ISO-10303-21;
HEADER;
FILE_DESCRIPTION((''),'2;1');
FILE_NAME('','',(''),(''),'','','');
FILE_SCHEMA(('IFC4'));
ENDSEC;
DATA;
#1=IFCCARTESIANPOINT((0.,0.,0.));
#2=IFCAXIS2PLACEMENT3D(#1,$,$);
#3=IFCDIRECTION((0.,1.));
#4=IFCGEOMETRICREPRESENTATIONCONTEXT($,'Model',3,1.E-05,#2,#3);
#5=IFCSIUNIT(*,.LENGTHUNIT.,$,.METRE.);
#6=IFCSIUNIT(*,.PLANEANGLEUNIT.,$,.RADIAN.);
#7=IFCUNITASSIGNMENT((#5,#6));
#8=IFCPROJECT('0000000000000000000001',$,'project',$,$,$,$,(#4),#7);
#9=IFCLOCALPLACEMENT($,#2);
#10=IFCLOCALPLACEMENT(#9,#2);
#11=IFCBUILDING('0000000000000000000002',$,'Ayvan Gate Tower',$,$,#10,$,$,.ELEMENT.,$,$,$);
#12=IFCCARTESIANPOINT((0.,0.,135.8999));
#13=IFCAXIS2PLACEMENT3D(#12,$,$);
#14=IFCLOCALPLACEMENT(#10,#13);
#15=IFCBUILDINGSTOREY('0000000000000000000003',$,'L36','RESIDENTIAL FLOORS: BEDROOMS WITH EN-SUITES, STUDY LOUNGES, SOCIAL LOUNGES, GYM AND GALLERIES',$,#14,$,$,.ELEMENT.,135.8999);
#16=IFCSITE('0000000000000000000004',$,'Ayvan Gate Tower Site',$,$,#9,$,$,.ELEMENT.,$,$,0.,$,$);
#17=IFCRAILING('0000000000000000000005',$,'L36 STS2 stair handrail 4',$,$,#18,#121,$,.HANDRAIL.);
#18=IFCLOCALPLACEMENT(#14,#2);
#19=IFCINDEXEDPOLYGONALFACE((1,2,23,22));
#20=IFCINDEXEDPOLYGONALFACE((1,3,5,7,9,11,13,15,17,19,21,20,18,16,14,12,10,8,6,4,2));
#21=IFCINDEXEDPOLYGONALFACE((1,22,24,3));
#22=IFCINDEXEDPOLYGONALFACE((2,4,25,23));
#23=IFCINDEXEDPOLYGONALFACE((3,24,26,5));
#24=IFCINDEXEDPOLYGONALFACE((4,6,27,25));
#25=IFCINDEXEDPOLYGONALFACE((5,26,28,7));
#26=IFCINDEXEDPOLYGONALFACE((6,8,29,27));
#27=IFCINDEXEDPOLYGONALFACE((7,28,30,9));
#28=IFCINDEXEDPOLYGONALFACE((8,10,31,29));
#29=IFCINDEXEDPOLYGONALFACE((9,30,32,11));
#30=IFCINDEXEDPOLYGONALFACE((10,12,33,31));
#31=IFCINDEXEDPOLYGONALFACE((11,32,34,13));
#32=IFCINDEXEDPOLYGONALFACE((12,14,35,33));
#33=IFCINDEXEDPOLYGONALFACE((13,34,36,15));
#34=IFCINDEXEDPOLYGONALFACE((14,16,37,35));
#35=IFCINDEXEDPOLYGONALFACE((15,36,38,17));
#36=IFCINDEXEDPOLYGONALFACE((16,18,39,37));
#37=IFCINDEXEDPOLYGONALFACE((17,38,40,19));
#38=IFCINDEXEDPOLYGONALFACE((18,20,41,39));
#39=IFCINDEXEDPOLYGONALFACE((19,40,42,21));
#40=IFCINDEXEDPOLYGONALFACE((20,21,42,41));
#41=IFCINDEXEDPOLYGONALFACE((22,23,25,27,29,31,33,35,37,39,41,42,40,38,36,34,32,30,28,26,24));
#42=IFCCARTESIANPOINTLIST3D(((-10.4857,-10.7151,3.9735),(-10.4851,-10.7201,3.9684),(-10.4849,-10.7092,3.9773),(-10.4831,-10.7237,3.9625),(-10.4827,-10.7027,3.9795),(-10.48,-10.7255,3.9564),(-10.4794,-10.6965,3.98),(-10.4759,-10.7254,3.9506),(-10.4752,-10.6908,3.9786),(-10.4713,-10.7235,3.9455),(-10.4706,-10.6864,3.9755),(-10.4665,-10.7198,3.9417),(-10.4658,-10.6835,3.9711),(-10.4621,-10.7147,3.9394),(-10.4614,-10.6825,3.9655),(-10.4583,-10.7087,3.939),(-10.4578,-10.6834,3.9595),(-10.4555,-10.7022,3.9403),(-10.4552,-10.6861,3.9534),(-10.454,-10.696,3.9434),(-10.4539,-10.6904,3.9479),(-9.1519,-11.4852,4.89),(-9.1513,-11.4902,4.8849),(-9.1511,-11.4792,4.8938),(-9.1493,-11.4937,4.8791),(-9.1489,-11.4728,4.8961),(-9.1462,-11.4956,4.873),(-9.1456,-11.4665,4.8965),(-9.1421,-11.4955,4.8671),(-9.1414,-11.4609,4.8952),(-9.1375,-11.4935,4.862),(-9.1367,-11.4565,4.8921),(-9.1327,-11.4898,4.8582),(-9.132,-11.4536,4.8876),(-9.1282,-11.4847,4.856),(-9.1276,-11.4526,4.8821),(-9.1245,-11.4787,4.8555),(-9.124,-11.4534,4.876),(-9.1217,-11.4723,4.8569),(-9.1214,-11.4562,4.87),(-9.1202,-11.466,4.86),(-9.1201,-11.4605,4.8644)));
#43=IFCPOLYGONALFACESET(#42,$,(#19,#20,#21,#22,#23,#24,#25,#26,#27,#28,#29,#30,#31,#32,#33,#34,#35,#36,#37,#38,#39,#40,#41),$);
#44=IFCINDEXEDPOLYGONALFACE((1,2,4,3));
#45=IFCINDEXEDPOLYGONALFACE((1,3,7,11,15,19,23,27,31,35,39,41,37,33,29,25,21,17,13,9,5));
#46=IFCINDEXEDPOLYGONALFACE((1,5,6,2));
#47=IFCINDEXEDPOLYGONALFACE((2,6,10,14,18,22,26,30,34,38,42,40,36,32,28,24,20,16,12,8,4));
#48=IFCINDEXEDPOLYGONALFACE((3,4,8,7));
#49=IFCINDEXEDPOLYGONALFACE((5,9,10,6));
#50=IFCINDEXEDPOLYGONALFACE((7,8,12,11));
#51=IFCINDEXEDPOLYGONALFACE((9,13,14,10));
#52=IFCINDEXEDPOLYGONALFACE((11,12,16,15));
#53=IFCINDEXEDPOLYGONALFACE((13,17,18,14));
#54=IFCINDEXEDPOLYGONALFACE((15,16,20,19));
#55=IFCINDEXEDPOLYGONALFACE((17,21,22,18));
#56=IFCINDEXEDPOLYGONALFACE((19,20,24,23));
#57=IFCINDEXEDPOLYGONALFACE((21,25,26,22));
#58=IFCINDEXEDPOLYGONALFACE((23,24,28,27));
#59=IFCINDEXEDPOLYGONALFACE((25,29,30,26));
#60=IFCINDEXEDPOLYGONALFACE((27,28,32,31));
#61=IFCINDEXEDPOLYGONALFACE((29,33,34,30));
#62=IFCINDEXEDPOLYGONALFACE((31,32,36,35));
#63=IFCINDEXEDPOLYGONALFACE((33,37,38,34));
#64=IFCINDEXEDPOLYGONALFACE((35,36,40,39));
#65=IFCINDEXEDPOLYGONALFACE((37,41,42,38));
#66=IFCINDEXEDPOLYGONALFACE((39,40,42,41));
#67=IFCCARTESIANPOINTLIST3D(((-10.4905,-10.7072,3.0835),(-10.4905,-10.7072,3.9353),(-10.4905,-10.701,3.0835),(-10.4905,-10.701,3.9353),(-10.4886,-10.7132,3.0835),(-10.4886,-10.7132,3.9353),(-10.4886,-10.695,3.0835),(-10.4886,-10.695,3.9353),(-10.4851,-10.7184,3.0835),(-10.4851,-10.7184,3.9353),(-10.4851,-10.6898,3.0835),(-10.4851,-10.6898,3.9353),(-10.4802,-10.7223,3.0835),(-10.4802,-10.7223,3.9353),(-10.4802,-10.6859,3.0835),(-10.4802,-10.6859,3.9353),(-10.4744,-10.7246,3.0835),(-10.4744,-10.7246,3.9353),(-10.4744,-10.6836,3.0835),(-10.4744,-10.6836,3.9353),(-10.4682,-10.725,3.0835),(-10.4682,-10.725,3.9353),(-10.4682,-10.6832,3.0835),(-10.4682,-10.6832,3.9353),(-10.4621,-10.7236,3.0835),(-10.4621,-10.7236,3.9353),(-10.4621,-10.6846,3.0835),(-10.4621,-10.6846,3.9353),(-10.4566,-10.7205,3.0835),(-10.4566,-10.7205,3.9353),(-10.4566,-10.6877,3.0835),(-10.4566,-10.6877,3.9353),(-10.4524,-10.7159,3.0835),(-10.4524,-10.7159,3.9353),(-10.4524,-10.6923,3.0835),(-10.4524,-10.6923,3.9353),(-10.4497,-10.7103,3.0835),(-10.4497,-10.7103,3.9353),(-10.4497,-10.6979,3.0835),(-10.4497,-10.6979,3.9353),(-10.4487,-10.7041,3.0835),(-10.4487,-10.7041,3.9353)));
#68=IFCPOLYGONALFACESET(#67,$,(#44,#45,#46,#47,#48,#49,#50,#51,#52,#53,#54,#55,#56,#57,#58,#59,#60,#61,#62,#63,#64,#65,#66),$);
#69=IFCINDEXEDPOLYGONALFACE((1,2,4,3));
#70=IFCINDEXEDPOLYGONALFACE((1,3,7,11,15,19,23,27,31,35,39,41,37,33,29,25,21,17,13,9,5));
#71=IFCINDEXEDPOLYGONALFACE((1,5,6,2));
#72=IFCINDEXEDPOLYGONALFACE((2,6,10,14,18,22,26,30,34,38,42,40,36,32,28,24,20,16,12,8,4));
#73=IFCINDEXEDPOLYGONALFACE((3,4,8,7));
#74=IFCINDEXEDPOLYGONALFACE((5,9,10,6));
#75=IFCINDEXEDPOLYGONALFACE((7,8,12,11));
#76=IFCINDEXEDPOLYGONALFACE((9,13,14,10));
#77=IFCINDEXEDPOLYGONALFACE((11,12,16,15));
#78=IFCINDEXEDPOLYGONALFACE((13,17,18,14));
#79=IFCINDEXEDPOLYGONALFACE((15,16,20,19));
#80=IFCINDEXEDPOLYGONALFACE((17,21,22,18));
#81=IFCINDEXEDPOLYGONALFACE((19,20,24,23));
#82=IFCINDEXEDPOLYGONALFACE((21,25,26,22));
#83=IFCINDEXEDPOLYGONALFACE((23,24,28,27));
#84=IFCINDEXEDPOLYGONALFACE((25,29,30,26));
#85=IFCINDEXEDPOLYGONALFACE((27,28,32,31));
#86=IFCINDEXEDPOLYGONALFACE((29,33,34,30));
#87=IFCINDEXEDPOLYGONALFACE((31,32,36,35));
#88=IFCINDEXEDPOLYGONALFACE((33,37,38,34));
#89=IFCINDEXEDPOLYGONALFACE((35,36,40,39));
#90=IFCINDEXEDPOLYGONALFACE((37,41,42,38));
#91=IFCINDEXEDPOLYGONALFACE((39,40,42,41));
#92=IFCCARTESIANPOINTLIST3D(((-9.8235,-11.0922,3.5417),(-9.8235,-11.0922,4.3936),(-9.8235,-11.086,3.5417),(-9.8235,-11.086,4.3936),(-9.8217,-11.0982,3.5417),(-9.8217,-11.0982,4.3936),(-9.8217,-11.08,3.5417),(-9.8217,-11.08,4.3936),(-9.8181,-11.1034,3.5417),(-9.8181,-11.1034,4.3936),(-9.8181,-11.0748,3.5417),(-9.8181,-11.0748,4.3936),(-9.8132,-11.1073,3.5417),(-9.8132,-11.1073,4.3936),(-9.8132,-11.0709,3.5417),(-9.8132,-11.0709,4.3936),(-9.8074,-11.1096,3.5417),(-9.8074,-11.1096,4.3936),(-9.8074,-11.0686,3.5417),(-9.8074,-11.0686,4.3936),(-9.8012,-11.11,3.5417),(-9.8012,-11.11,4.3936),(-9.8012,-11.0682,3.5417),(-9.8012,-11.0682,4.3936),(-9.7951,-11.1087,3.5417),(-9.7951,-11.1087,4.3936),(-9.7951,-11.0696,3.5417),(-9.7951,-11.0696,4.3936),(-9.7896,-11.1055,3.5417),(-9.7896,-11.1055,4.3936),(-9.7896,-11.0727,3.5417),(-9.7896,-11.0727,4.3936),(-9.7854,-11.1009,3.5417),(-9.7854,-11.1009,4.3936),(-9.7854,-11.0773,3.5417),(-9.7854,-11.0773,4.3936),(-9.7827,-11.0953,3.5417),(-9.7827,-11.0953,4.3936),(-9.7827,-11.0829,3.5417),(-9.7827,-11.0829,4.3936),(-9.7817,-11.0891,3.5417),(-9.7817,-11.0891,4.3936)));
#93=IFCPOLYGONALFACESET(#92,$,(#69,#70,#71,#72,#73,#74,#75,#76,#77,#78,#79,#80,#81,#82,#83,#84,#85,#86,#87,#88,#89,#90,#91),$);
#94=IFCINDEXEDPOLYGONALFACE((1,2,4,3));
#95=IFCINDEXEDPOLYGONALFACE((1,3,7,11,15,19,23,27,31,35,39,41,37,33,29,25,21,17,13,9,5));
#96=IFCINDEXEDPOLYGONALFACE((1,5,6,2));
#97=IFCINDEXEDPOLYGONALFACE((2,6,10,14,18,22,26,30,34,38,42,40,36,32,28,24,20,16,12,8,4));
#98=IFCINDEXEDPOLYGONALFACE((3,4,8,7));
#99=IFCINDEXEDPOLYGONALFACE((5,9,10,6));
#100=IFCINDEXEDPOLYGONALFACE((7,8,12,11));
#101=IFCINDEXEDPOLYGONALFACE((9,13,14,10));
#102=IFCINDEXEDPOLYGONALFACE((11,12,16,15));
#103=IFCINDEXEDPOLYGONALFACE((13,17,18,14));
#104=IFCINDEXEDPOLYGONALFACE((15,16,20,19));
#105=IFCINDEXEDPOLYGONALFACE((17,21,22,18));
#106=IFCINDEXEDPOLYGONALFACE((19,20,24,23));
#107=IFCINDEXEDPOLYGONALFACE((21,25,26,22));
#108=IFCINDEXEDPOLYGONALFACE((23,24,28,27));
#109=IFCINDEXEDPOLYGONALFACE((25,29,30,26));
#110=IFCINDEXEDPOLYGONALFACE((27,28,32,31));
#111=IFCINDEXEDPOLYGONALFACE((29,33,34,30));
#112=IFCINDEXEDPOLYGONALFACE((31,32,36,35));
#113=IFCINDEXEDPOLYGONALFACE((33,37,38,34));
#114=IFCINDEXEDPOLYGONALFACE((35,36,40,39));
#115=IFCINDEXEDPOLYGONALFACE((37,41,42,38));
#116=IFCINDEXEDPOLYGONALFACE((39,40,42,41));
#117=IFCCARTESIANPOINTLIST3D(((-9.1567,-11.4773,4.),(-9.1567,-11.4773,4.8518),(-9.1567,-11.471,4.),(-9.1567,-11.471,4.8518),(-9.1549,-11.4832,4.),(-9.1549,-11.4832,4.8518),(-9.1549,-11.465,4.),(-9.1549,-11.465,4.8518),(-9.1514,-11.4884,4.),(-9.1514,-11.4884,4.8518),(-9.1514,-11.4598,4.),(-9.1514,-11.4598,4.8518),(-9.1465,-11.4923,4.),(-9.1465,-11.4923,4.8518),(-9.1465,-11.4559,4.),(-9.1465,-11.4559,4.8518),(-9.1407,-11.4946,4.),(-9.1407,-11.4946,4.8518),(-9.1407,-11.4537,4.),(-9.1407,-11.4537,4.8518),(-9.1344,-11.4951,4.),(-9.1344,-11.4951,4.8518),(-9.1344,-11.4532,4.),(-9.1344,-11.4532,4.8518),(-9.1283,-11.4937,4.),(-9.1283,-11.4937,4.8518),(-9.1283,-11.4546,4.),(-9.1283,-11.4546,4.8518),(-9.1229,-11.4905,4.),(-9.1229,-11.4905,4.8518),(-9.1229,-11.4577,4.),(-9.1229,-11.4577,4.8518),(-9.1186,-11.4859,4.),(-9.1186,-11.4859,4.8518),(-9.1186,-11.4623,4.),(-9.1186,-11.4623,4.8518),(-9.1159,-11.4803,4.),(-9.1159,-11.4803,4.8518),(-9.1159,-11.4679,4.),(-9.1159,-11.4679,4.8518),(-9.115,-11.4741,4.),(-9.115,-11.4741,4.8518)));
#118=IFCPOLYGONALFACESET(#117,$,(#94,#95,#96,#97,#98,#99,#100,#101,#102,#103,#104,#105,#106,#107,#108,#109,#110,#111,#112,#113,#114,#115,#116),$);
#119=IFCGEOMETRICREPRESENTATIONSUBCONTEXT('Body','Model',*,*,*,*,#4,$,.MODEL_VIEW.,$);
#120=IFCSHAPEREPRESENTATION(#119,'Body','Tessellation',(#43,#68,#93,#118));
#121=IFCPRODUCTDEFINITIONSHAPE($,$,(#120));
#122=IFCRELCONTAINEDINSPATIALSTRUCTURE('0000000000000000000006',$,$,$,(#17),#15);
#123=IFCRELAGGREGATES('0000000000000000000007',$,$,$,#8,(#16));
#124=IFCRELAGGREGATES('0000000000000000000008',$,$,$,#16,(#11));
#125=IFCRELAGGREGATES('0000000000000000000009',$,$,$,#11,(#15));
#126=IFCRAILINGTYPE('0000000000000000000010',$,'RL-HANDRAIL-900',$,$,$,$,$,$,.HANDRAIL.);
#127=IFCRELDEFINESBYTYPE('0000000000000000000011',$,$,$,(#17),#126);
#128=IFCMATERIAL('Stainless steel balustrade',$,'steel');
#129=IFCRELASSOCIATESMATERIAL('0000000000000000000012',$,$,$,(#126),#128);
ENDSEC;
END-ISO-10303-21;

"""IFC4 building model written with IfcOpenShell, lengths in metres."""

from ifc_helpers import new_model, si_unit, direction, frame, origin, origin_2d, place, context, subcontext, project, spatial, circle, extrude, material, type_object, element, save


model = new_model("IFC4")

# Units and contexts
model_context = context("Model", 3, precision=1e-05, world=origin(), true_north=direction((0.0, 1.0)))
body_context = subcontext(model_context, "Body", "Model", "MODEL_VIEW")
ifc_project = project(units=[si_unit("LENGTHUNIT", "METRE"), si_unit("PLANEANGLEUNIT", "RADIAN")], contexts=[model_context])

# Site, building, storey
site_placement = place(None, origin())
site = spatial("IfcSite", under=ifc_project, at=site_placement, Name="Ayvan Gate Tower Site", CompositionType="ELEMENT", RefElevation=0.0)
building_placement = place(site_placement, origin())
building = spatial("IfcBuilding", under=site, at=building_placement, Name="Ayvan Gate Tower", CompositionType="ELEMENT")
storey_placement = place(building_placement, frame((0.0, 0.0, 135.8999)))
storey = spatial("IfcBuildingStorey", under=building, at=storey_placement, Name="L36", Description="RESIDENTIAL FLOORS: BEDROOMS WITH EN-SUITES, STUDY LOUNGES, SOCIAL LOUNGES, GYM AND GALLERIES", CompositionType="ELEMENT", Elevation=135.8999)

# Railing
ifc_material_1 = material(Name="Stainless steel balustrade", Category="steel")
railing_type = type_object("IfcRailingType", Name="RL-HANDRAIL-900", PredefinedType="HANDRAIL", material=ifc_material_1)
railing_placement = place(storey_placement, frame((-10.4697, -10.7041, 3.0835)))
element("IfcRailing", 1, at=railing_placement, inside=storey, type_object=railing_type, Name="L36 STS2 stair handrail 4", PredefinedType="HANDRAIL", context=body_context, shape_type="SweptSolid", body=[
    extrude(circle(Radius=0.0239, at=origin_2d()), frame((0.0, 0.0, 0.876), z_axis=(0.744216, -0.429664, 0.511401), x_axis=(0.499992, 0.86603, 0.0)), (0.0, 0.0, 1.0), 1.7922),
    extrude(circle(Radius=0.021, at=origin_2d()), origin(), (0.0, 0.0, 1.0), 0.8518),
    extrude(circle(Radius=0.021, at=origin_2d()), frame((0.667, -0.385, 0.4583)), (0.0, 0.0, 1.0), 0.8518),
    extrude(circle(Radius=0.021, at=origin_2d()), frame((1.3337, -0.77, 0.9165)), (0.0, 0.0, 1.0), 0.8518),
])

save(model, "model.ifc")
